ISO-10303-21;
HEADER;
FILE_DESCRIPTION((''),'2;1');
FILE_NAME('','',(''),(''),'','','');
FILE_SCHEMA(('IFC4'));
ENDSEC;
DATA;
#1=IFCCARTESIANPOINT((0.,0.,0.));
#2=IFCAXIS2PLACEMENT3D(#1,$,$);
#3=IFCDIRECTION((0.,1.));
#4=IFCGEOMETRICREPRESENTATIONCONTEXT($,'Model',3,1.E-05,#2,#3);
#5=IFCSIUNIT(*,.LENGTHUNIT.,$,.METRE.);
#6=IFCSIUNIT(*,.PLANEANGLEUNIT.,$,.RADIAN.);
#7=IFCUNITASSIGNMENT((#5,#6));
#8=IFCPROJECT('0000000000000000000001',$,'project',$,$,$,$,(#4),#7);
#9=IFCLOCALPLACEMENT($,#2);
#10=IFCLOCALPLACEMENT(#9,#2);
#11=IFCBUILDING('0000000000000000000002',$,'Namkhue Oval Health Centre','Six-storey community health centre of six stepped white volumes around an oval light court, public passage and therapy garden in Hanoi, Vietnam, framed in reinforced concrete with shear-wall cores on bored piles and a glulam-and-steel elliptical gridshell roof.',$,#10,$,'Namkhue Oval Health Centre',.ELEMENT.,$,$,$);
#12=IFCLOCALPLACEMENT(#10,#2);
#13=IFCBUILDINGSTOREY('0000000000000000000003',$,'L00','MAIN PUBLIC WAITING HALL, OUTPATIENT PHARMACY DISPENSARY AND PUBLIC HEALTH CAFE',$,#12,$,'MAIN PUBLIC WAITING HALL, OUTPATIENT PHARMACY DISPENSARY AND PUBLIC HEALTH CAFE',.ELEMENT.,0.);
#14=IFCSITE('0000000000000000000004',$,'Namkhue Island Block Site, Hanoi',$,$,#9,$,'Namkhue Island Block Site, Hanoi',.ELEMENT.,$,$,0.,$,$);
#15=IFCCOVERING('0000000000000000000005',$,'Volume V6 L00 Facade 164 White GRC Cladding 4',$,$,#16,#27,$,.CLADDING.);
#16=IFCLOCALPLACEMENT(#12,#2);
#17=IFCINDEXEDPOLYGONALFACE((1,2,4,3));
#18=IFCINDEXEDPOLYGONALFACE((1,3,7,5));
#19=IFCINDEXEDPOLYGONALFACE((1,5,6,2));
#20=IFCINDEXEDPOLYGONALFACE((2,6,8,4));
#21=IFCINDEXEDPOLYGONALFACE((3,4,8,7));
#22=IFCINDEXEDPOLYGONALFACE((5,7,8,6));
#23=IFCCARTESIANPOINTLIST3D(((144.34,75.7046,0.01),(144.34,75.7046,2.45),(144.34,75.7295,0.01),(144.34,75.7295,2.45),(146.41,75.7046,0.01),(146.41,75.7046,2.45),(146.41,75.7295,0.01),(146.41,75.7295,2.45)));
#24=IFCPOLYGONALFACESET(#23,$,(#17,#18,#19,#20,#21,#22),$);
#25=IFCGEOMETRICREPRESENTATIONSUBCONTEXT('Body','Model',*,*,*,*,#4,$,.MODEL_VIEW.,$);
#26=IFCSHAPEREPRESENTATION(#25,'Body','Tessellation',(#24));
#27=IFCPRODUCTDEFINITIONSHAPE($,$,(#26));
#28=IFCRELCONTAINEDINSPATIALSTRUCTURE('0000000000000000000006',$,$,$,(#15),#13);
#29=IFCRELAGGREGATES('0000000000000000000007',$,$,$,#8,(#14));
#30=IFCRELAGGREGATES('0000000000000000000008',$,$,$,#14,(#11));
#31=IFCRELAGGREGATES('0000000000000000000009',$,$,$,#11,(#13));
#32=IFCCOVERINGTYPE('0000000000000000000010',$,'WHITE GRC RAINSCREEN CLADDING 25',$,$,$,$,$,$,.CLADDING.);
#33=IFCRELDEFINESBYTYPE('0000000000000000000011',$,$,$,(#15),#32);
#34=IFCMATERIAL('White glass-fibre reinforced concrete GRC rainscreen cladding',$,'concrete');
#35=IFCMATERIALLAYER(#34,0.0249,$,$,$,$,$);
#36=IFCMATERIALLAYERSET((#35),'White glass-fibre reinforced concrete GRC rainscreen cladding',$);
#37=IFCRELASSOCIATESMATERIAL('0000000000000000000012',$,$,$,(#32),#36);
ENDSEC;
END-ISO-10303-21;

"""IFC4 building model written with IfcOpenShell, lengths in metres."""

from ifc_helpers import new_model, si_unit, direction, frame, origin, origin_2d, place, context, subcontext, project, spatial, rectangle, extrude, material, layer, layer_set, type_object, element, save


model = new_model("IFC4")

# Units and contexts
model_context = context("Model", 3, precision=1e-05, world=origin(), true_north=direction((0.0, 1.0)))
body_context = subcontext(model_context, "Body", "Model", "MODEL_VIEW")
ifc_project = project(units=[si_unit("LENGTHUNIT", "METRE"), si_unit("PLANEANGLEUNIT", "RADIAN")], contexts=[model_context])

# Site, building, storey
site_placement = place(None, origin())
site = spatial("IfcSite", under=ifc_project, at=site_placement, Name="Namkhue Island Block Site, Hanoi", LongName="Namkhue Island Block Site, Hanoi", CompositionType="ELEMENT", RefElevation=0.0)
building_placement = place(site_placement, origin())
building = spatial("IfcBuilding", under=site, at=building_placement, Name="Namkhue Oval Health Centre", Description="Six-storey community health centre of six stepped white volumes around an oval light court, public passage and therapy garden in Hanoi, Vietnam, framed in reinforced concrete with shear-wall cores on bored piles and a glulam-and-steel elliptical gridshell roof.", LongName="Namkhue Oval Health Centre", CompositionType="ELEMENT")
storey_placement = place(building_placement, origin())
storey = spatial("IfcBuildingStorey", under=building, at=storey_placement, Name="L00", Description="MAIN PUBLIC WAITING HALL, OUTPATIENT PHARMACY DISPENSARY AND PUBLIC HEALTH CAFE", LongName="MAIN PUBLIC WAITING HALL, OUTPATIENT PHARMACY DISPENSARY AND PUBLIC HEALTH CAFE", CompositionType="ELEMENT", Elevation=0.0)

# Covering
ifc_material_1 = material(Name="White glass-fibre reinforced concrete GRC rainscreen cladding", Category="concrete")
ifc_layer_1 = layer(ifc_material_1, 0.0249)
ifc_layer_set_1 = layer_set([ifc_layer_1], Name="White glass-fibre reinforced concrete GRC rainscreen cladding")
covering_type = type_object("IfcCoveringType", Name="WHITE GRC RAINSCREEN CLADDING 25", PredefinedType="CLADDING", material=ifc_layer_set_1)
covering_placement = place(storey_placement, frame((145.375, 75.717, 0.01), z_axis=(0.0, 0.0, 1.0), x_axis=(-1.0, 0.0, 0.0)))
element("IfcCovering", 1, at=covering_placement, inside=storey, type_object=covering_type, Name="Volume V6 L00 Facade 164 White GRC Cladding 4", PredefinedType="CLADDING", context=body_context, shape_type="SweptSolid", body=[
    extrude(rectangle(XDim=2.0701, YDim=0.0249, at=origin_2d()), origin(), (0.0, 0.0, 1.0), 2.4399),
])

save(model, "model.ifc")
